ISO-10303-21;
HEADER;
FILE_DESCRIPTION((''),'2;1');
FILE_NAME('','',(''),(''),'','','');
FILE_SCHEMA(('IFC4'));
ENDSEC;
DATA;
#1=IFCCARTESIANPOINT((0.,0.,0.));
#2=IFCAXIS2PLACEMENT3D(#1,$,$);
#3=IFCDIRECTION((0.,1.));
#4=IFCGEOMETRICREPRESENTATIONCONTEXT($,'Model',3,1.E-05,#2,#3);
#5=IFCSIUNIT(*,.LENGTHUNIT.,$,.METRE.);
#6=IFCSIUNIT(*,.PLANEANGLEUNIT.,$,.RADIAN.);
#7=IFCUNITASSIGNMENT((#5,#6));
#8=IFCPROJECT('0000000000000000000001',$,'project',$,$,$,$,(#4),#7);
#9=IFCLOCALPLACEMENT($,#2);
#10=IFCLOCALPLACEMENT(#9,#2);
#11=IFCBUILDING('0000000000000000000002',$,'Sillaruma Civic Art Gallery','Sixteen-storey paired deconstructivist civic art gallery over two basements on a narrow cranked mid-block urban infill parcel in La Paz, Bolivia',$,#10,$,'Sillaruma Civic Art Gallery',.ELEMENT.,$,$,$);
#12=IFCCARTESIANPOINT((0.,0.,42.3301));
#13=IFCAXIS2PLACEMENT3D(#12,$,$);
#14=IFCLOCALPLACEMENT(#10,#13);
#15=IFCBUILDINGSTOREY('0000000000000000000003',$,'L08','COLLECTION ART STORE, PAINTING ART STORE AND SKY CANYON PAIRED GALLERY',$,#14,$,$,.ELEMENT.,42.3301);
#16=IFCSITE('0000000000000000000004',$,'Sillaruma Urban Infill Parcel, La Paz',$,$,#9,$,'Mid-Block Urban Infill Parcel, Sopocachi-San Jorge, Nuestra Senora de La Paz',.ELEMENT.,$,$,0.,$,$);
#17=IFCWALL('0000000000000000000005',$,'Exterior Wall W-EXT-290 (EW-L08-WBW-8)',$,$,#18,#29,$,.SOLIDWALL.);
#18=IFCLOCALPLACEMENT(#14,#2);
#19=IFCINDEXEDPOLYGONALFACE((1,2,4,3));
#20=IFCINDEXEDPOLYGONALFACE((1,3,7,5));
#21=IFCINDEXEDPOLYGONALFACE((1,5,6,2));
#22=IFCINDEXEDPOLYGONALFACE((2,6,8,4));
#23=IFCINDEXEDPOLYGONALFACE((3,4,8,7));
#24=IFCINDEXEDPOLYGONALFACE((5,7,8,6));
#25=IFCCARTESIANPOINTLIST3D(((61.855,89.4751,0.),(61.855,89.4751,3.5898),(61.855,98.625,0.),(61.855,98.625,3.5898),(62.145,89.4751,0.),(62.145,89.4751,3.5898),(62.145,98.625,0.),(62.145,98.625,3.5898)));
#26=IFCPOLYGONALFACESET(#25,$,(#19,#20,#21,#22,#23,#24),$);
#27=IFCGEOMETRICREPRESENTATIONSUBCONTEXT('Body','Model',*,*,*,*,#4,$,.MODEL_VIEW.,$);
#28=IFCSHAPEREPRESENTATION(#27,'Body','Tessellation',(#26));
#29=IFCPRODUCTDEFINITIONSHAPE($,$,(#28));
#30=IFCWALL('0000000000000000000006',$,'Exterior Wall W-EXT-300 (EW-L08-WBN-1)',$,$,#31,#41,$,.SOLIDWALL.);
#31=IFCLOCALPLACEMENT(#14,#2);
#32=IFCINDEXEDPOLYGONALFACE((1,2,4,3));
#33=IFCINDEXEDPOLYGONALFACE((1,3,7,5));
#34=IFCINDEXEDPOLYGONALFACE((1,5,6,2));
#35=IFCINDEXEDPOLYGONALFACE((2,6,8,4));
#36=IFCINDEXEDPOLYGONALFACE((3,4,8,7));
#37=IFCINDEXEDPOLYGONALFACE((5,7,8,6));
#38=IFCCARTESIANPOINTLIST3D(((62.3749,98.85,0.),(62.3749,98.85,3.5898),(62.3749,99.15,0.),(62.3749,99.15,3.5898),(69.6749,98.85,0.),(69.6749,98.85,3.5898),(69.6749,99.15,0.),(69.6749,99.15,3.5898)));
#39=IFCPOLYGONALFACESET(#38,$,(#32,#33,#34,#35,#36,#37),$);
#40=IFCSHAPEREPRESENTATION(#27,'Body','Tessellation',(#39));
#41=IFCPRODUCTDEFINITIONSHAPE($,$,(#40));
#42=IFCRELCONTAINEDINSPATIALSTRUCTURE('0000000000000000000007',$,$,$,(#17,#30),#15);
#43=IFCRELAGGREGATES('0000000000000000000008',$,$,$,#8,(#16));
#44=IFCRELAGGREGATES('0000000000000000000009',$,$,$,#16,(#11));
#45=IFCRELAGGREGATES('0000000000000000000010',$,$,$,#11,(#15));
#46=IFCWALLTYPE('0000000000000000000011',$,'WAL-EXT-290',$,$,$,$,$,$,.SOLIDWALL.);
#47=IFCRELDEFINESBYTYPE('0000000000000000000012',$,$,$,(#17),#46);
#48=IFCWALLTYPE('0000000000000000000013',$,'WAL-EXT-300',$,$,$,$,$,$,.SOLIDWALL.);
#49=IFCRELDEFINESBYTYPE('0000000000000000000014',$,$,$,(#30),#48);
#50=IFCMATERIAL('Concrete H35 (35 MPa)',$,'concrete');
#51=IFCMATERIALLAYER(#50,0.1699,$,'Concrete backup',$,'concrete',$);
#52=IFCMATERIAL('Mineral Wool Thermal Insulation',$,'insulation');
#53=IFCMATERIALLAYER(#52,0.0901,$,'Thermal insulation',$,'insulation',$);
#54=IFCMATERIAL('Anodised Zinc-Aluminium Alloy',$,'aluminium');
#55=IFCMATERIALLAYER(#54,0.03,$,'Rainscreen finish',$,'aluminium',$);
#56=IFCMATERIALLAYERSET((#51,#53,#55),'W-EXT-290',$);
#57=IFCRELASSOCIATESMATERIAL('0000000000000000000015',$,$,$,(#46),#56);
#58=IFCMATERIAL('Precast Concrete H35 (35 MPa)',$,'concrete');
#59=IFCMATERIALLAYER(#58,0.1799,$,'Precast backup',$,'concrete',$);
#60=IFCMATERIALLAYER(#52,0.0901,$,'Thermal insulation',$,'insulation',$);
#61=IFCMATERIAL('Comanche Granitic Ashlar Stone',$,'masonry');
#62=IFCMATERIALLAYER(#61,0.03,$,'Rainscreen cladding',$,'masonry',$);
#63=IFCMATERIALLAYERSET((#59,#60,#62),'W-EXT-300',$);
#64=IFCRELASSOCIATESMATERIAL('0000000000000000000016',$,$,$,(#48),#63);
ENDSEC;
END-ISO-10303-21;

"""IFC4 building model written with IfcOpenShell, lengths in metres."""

from ifc_helpers import new_model, si_unit, direction, frame, frame_2d, origin, place, context, subcontext, project, spatial, rectangle, extrude, material, layer, layer_set, type_object, element, save


model = new_model("IFC4")

# Units and contexts
model_context = context("Model", 3, precision=1e-05, world=origin(), true_north=direction((0.0, 1.0)))
body_context = subcontext(model_context, "Body", "Model", "MODEL_VIEW")
ifc_project = project(units=[si_unit("LENGTHUNIT", "METRE"), si_unit("PLANEANGLEUNIT", "RADIAN")], contexts=[model_context])

# Site, building, storey
site_placement = place(None, origin())
site = spatial("IfcSite", under=ifc_project, at=site_placement, Name="Sillaruma Urban Infill Parcel, La Paz", LongName="Mid-Block Urban Infill Parcel, Sopocachi-San Jorge, Nuestra Senora de La Paz", CompositionType="ELEMENT", RefElevation=0.0)
building_placement = place(site_placement, origin())
building = spatial("IfcBuilding", under=site, at=building_placement, Name="Sillaruma Civic Art Gallery", Description="Sixteen-storey paired deconstructivist civic art gallery over two basements on a narrow cranked mid-block urban infill parcel in La Paz, Bolivia", LongName="Sillaruma Civic Art Gallery", CompositionType="ELEMENT")
storey_placement = place(building_placement, frame((0.0, 0.0, 42.3301)))
storey = spatial("IfcBuildingStorey", under=building, at=storey_placement, Name="L08", Description="COLLECTION ART STORE, PAINTING ART STORE AND SKY CANYON PAIRED GALLERY", CompositionType="ELEMENT", Elevation=42.3301)

# Shared definitions
ifc_material_1 = material(Name="Concrete H35 (35 MPa)", Category="concrete")

# Walls
ifc_layer_1 = layer(ifc_material_1, 0.1699, Name="Concrete backup", Category="concrete")
ifc_material_2 = material(Name="Mineral Wool Thermal Insulation", Category="insulation")
ifc_layer_2 = layer(ifc_material_2, 0.0901, Name="Thermal insulation", Category="insulation")
ifc_material_3 = material(Name="Anodised Zinc-Aluminium Alloy", Category="aluminium")
ifc_layer_3 = layer(ifc_material_3, 0.03, Name="Rainscreen finish", Category="aluminium")
ifc_layer_set_1 = layer_set([ifc_layer_1, ifc_layer_2, ifc_layer_3], Name="W-EXT-290")
wall_type_1 = type_object("IfcWallType", Name="WAL-EXT-290", PredefinedType="SOLIDWALL", material=ifc_layer_set_1)
wall_1_placement = place(storey_placement, frame((62.0, 89.4751, 0.0), z_axis=(0.0, 0.0, 1.0), x_axis=(0.0, 1.0, 0.0)))
element("IfcWall", 1, at=wall_1_placement, inside=storey, type_object=wall_type_1, Name="Exterior Wall W-EXT-290 (EW-L08-WBW-8)", PredefinedType="SOLIDWALL", context=body_context, shape_type="SweptSolid", body=[
    extrude(rectangle(XDim=9.1499, YDim=0.29, at=frame_2d((4.575, 0.0))), origin(), (0.0, 0.0, 1.0), 3.5898),
])
ifc_material_4 = material(Name="Precast Concrete H35 (35 MPa)", Category="concrete")
ifc_layer_4 = layer(ifc_material_4, 0.1799, Name="Precast backup", Category="concrete")
ifc_layer_5 = layer(ifc_material_2, 0.0901, Name="Thermal insulation", Category="insulation")
ifc_material_5 = material(Name="Comanche Granitic Ashlar Stone", Category="masonry")
ifc_layer_6 = layer(ifc_material_5, 0.03, Name="Rainscreen cladding", Category="masonry")
ifc_layer_set_2 = layer_set([ifc_layer_4, ifc_layer_5, ifc_layer_6], Name="W-EXT-300")
wall_type_2 = type_object("IfcWallType", Name="WAL-EXT-300", PredefinedType="SOLIDWALL", material=ifc_layer_set_2)
wall_2_placement = place(storey_placement, frame((62.375, 99.0, 0.0), z_axis=(0.0, 0.0, 1.0), x_axis=(1.0, 0.0, 0.0)))
element("IfcWall", 2, at=wall_2_placement, inside=storey, type_object=wall_type_2, Name="Exterior Wall W-EXT-300 (EW-L08-WBN-1)", PredefinedType="SOLIDWALL", context=body_context, shape_type="SweptSolid", body=[
    extrude(rectangle(XDim=7.3, YDim=0.3, at=frame_2d((3.6499, 0.0))), origin(), (0.0, 0.0, 1.0), 3.5898),
])

save(model, "model.ifc")
